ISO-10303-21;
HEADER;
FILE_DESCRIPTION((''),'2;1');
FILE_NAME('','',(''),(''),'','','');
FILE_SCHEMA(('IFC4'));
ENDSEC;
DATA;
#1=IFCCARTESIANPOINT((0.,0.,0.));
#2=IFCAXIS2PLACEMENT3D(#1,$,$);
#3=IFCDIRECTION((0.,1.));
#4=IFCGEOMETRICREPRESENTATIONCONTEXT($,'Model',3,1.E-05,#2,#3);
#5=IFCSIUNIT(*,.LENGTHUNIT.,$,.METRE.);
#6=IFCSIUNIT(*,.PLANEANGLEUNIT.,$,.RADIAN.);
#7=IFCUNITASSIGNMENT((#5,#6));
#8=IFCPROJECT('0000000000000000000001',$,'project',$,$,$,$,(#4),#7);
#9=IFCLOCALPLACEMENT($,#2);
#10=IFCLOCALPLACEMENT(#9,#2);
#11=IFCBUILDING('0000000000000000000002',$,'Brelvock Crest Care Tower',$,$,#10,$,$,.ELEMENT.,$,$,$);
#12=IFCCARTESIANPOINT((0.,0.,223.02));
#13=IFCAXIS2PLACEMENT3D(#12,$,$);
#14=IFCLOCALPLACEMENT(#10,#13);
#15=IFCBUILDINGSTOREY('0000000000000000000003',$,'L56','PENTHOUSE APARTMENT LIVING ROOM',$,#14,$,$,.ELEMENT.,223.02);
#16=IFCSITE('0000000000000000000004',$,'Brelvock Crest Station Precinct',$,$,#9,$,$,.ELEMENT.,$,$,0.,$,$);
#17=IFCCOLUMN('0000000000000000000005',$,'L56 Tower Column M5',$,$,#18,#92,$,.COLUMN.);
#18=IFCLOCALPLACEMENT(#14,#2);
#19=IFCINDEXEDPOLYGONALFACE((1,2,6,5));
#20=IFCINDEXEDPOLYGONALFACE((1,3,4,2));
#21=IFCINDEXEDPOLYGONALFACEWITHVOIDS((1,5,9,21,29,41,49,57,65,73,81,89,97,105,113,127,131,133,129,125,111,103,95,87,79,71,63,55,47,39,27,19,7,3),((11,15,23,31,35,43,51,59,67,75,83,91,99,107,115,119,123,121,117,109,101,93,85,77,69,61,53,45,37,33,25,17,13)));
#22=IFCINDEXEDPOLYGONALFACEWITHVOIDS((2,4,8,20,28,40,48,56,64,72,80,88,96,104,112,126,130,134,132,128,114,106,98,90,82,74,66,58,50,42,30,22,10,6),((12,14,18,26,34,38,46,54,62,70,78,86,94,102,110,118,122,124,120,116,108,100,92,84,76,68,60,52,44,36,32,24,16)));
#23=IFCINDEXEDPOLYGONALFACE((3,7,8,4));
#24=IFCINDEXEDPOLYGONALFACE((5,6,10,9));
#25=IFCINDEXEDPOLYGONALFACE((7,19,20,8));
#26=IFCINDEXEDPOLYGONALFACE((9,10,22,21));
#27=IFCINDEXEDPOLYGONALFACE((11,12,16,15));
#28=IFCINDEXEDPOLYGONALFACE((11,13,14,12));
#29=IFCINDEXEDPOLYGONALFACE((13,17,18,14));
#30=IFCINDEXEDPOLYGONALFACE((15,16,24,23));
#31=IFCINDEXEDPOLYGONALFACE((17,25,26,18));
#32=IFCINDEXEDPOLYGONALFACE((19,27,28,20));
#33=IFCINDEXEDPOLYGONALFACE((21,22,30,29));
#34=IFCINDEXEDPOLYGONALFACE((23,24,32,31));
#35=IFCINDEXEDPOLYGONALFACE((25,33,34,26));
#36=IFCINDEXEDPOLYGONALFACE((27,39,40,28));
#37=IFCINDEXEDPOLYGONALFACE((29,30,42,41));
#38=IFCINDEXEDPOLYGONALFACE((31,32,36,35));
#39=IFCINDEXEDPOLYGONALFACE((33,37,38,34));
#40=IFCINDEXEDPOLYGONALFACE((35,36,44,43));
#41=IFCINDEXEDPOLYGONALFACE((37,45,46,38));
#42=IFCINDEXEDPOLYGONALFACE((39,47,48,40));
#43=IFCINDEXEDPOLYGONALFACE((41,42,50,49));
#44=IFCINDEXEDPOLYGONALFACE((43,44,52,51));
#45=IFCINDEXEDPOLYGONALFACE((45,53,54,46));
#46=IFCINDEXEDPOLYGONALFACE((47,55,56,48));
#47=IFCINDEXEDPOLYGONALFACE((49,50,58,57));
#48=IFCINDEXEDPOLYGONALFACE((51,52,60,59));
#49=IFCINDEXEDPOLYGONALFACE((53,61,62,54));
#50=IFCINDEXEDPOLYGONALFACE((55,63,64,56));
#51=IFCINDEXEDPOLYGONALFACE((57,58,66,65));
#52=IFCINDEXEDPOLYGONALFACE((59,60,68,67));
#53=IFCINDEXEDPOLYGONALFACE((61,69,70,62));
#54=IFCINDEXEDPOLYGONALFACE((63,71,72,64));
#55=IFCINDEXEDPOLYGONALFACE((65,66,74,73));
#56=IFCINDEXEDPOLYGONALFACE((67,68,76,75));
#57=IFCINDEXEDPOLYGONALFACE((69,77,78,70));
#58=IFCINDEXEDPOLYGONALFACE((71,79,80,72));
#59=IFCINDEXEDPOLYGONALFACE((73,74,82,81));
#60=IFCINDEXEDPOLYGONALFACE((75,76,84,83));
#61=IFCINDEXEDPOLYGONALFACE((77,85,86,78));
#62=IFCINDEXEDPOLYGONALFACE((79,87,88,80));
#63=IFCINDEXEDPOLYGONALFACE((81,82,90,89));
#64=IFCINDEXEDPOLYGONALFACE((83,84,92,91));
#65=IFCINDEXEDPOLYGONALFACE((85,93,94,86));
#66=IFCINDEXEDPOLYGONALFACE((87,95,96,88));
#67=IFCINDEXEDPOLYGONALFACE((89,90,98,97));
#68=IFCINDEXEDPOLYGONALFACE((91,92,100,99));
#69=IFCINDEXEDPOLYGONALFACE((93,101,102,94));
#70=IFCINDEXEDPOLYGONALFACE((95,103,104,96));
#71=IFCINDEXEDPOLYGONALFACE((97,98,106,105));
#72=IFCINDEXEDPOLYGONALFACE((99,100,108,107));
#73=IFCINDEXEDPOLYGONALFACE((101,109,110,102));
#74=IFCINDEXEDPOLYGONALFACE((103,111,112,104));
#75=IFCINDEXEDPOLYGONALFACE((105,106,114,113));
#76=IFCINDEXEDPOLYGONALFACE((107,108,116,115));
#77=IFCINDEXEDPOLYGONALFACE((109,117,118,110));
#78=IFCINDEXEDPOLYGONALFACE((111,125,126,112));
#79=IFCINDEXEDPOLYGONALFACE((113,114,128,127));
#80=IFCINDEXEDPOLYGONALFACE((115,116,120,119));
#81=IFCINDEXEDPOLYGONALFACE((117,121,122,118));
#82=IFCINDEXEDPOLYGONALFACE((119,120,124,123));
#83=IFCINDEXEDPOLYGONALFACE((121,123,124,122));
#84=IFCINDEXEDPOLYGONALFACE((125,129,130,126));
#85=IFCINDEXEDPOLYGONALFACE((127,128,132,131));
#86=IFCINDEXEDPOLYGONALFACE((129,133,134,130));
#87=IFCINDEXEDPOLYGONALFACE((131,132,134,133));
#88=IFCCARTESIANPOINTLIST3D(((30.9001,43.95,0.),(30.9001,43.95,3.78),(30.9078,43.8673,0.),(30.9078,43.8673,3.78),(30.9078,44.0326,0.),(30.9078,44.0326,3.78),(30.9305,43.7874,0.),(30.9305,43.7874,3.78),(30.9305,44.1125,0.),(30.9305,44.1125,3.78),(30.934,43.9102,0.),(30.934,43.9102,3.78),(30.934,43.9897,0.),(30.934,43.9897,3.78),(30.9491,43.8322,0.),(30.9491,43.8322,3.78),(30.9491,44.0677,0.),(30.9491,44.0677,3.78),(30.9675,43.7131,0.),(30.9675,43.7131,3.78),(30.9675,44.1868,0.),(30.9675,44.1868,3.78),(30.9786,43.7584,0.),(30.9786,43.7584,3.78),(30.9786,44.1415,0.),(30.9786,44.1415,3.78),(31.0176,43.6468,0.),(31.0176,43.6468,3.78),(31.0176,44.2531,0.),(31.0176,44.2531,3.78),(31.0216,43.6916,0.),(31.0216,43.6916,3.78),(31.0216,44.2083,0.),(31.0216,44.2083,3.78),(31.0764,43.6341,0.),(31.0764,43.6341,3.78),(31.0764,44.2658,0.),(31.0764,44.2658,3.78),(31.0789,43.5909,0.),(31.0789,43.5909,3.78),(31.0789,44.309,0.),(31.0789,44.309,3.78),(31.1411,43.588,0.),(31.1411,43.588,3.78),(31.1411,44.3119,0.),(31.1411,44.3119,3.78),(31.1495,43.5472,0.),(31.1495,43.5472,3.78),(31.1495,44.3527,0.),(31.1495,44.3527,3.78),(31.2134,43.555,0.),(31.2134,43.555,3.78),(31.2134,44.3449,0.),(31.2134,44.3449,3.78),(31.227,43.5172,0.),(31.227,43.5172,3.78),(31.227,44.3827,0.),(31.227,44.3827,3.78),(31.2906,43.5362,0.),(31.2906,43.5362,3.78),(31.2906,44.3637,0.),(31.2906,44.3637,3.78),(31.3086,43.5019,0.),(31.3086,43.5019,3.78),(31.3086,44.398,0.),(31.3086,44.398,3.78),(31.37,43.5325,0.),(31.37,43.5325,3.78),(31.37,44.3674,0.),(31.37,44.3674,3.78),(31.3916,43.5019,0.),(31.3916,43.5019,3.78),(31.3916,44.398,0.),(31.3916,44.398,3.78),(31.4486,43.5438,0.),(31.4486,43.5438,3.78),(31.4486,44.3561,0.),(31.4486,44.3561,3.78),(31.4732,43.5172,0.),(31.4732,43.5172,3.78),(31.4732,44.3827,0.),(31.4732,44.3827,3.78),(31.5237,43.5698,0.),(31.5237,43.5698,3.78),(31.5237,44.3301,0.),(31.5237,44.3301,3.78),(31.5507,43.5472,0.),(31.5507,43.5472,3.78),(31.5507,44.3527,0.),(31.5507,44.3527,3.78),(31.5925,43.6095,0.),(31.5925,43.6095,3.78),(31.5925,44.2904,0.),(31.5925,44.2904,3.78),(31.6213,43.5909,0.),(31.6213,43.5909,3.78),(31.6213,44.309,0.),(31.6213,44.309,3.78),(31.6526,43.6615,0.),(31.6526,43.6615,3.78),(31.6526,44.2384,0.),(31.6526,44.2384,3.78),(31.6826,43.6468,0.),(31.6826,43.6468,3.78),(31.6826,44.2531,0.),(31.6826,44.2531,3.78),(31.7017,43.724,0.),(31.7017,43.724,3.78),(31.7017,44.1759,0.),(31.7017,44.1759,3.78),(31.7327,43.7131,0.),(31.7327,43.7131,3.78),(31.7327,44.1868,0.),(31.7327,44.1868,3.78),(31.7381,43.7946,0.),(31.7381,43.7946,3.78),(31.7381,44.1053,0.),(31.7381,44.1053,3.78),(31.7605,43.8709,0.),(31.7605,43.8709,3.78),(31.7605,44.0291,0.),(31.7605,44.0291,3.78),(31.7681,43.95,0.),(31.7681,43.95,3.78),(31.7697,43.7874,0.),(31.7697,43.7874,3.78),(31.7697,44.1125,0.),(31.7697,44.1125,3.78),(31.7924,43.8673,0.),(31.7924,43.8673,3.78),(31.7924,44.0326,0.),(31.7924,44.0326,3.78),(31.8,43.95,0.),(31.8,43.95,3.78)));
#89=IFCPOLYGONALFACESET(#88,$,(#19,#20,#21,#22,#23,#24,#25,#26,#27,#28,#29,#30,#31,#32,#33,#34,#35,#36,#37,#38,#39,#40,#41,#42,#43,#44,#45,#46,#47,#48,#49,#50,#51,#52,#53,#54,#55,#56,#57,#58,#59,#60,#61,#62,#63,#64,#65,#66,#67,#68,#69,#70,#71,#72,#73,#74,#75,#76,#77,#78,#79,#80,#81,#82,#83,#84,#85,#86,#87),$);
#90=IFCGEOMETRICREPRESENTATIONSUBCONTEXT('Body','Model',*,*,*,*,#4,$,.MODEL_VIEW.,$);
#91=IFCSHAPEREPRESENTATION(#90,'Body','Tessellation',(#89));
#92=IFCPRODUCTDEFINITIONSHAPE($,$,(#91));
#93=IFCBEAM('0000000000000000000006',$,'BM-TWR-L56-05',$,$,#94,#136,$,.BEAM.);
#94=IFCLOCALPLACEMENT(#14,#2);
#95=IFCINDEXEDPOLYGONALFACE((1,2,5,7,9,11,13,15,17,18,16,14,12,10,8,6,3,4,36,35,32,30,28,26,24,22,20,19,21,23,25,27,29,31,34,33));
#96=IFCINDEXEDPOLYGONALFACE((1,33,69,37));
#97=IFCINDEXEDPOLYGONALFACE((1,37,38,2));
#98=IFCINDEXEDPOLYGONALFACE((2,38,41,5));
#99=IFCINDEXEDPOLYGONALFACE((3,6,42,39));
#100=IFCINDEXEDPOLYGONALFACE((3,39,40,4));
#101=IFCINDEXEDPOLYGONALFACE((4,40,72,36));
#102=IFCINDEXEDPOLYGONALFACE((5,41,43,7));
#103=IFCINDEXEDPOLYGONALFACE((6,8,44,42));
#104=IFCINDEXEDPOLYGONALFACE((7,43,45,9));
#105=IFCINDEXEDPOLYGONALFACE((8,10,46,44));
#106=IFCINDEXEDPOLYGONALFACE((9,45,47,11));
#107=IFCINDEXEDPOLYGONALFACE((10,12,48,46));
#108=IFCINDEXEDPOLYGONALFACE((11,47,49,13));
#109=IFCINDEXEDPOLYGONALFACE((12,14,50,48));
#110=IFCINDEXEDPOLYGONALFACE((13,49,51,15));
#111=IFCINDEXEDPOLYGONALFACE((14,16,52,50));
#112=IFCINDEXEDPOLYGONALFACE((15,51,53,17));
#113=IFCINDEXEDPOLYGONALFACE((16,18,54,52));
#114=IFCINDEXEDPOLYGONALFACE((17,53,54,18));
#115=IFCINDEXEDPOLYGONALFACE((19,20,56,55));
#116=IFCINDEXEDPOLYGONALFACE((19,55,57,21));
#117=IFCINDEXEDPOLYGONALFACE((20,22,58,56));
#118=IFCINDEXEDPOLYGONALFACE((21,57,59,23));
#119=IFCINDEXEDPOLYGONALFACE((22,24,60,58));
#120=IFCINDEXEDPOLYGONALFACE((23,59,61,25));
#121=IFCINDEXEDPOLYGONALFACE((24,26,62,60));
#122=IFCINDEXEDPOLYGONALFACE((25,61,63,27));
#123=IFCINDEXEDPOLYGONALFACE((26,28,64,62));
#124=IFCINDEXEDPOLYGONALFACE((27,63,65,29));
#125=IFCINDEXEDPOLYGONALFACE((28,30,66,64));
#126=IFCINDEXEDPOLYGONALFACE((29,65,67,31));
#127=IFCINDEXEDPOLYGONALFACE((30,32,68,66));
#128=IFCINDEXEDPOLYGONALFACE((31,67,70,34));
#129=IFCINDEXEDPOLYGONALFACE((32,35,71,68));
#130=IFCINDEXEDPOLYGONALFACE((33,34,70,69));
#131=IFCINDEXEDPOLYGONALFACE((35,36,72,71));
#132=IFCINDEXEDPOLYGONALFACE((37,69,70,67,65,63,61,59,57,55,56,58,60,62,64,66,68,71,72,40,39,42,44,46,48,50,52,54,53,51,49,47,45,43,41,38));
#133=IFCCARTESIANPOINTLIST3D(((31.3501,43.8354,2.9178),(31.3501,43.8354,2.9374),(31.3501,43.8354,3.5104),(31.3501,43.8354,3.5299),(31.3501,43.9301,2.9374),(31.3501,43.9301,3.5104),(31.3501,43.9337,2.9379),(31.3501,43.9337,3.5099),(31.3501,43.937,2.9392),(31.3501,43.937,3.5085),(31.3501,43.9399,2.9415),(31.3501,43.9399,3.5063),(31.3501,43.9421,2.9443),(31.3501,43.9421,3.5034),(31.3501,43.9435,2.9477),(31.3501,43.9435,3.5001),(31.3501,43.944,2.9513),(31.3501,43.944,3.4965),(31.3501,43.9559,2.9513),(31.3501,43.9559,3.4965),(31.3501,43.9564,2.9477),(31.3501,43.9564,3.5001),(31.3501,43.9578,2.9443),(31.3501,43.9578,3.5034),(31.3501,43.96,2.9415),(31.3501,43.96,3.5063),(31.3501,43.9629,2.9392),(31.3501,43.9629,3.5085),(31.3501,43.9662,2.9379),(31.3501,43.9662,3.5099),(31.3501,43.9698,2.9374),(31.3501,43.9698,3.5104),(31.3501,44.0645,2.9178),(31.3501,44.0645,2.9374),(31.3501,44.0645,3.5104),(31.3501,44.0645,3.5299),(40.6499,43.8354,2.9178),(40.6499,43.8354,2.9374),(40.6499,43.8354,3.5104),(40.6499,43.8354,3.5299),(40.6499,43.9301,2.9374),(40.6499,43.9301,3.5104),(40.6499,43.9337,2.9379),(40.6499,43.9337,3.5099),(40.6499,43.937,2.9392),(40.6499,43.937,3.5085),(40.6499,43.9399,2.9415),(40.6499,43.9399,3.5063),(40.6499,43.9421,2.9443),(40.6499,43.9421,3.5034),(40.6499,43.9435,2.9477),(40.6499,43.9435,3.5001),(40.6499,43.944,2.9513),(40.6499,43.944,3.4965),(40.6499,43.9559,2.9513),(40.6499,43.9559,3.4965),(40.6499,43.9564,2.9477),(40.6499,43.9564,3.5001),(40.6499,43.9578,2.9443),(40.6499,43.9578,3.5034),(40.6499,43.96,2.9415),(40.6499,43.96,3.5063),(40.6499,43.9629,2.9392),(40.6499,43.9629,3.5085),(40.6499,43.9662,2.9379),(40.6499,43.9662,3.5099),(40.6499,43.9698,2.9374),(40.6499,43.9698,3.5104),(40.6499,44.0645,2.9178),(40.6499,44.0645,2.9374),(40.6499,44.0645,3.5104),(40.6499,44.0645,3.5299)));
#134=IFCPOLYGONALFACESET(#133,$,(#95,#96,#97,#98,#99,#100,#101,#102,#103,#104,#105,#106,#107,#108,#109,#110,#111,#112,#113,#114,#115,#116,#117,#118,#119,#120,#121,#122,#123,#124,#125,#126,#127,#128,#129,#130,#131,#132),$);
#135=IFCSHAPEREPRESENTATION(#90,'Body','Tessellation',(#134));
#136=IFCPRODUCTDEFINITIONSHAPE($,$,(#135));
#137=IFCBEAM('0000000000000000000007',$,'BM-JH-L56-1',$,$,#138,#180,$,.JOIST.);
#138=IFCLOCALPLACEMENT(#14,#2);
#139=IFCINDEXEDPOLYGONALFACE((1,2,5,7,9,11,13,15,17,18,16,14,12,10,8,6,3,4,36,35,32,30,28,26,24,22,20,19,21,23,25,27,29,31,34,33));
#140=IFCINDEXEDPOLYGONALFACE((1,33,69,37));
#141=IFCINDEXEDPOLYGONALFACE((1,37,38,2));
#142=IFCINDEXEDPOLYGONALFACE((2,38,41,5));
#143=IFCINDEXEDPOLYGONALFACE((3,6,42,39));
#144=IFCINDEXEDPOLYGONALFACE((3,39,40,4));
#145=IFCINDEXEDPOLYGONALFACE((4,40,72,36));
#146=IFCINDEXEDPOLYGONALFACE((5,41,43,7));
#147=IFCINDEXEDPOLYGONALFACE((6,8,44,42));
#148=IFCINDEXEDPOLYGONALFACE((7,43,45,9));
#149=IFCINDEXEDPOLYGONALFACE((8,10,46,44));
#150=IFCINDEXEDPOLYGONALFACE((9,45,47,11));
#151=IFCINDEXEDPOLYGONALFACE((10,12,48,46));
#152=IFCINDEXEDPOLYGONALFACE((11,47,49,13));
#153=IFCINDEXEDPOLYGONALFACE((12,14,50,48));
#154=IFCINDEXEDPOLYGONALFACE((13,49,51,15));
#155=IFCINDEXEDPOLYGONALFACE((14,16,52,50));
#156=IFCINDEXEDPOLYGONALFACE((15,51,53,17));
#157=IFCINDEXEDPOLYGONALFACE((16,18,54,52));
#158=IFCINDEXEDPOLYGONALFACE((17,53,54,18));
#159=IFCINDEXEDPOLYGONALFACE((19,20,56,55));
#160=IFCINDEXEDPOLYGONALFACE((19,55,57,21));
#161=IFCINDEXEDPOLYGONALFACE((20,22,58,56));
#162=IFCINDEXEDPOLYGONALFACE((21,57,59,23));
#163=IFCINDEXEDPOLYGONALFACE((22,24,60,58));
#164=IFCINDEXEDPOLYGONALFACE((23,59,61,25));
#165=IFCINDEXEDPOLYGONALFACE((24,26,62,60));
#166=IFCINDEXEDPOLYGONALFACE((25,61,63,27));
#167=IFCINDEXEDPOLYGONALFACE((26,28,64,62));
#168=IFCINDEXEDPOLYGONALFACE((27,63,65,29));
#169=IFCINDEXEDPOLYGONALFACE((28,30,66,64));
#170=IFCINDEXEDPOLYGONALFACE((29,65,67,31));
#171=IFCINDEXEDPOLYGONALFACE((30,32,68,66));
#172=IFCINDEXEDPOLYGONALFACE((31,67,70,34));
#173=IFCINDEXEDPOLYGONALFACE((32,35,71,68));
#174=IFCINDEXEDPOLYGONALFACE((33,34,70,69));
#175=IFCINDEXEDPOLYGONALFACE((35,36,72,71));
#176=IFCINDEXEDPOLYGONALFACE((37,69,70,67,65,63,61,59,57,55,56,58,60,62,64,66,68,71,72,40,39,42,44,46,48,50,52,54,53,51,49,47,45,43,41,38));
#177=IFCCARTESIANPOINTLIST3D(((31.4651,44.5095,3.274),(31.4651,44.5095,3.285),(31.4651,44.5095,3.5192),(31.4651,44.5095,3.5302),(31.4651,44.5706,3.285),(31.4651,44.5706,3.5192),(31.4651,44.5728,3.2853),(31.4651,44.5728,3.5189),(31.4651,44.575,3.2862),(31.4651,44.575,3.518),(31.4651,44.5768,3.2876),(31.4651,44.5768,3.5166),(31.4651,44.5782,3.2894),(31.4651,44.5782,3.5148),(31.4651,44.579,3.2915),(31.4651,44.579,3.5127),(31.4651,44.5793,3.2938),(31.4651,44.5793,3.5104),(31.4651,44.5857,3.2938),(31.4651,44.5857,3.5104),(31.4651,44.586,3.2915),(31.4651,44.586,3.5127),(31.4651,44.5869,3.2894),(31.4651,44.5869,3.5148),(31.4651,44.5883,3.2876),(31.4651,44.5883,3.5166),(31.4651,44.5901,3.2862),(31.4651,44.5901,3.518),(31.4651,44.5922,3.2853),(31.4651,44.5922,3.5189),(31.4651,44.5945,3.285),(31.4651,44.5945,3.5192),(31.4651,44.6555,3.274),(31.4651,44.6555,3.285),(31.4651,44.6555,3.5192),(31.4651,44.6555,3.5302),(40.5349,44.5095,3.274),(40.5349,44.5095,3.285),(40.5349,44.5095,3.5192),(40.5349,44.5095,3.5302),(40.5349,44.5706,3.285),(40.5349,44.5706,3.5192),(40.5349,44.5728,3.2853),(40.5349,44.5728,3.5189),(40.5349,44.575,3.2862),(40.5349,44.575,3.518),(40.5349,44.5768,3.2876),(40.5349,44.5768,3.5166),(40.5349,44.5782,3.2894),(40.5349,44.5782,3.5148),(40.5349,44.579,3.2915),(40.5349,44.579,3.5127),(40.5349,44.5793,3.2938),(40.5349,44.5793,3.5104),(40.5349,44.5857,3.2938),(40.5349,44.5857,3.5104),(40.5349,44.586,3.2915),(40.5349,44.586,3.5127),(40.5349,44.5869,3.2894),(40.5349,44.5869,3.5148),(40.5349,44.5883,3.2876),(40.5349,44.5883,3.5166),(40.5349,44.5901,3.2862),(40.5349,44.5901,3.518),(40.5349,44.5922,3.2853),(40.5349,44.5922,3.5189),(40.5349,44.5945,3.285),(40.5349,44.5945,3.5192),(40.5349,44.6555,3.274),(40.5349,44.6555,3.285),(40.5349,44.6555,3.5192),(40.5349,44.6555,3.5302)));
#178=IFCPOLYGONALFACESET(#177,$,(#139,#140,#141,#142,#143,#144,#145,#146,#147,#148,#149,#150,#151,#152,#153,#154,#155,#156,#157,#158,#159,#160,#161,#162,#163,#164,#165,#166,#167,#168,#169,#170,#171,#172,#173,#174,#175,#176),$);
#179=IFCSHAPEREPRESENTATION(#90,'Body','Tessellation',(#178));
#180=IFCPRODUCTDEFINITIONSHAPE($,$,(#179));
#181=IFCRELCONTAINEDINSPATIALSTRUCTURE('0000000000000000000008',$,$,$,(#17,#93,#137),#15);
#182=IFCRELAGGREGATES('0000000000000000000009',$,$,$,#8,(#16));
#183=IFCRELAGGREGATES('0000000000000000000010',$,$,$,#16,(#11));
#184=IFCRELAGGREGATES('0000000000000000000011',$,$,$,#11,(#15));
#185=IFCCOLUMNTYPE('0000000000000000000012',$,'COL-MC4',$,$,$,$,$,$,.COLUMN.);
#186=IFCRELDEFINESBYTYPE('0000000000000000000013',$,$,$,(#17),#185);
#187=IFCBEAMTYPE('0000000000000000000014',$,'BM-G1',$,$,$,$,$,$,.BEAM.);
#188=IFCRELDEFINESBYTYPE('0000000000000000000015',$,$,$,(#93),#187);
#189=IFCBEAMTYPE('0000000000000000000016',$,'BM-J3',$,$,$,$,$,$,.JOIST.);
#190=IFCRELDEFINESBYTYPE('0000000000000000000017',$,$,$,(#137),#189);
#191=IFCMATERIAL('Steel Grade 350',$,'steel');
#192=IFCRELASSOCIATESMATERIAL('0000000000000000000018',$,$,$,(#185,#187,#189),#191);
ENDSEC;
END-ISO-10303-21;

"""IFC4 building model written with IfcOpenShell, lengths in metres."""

from ifc_helpers import new_model, si_unit, direction, frame, origin, origin_2d, place, context, subcontext, project, spatial, hollow_circle, i_section, extrude, source, transform, mapped, material, material_profile, profile_set, type_object, element, save


model = new_model("IFC4")

# Units and contexts
model_context = context("Model", 3, precision=1e-05, world=origin(), true_north=direction((0.0, 1.0)))
body_context = subcontext(model_context, "Body", "Model", "MODEL_VIEW")
ifc_project = project(units=[si_unit("LENGTHUNIT", "METRE"), si_unit("PLANEANGLEUNIT", "RADIAN")], contexts=[model_context])

# Site, building, storey
site_placement = place(None, origin())
site = spatial("IfcSite", under=ifc_project, at=site_placement, Name="Brelvock Crest Station Precinct", CompositionType="ELEMENT", RefElevation=0.0)
building_placement = place(site_placement, origin())
building = spatial("IfcBuilding", under=site, at=building_placement, Name="Brelvock Crest Care Tower", CompositionType="ELEMENT")
storey_placement = place(building_placement, frame((0.0, 0.0, 223.02)))
storey = spatial("IfcBuildingStorey", under=building, at=storey_placement, Name="L56", Description="PENTHOUSE APARTMENT LIVING ROOM", CompositionType="ELEMENT", Elevation=223.02)

# Column
ifc_material_1 = material(Name="Steel Grade 350", Category="steel")
ifc_material_profile_1 = material_profile(ifc_material_1, hollow_circle(Radius=0.45, WallThickness=0.032, at=origin_2d()), Name="CFT900x32")
ifc_profile_set_1 = profile_set([ifc_material_profile_1], Name="Steel Grade 350")
column_type = type_object("IfcColumnType", Name="COL-MC4", PredefinedType="COLUMN", material=ifc_profile_set_1)
shared_shape_1 = source(origin(), body_context, "Body", "SweptSolid", [
    extrude(hollow_circle(Radius=0.45, WallThickness=0.032, at=origin_2d()), origin(), (0.0, 0.0, 1.0), 3.78),
])
column_placement = place(storey_placement, frame((31.3501, 43.95, 0.0), z_axis=(0.0, 0.0, 1.0), x_axis=(1.0, 0.0, 0.0)))
element("IfcColumn", 1, at=column_placement, inside=storey, type_object=column_type, Name="L56 Tower Column M5", PredefinedType="COLUMN", context=body_context, shape_type="MappedRepresentation", body=[
    mapped(shared_shape_1, transform((0.0, 0.0, 0.0), x_axis=(1.0, 0.0, 0.0), y_axis=(0.0, 1.0, 0.0), z_axis=(0.0, 0.0, 1.0), scale=1.0)),
])

# Beams
ifc_material_profile_2 = material_profile(ifc_material_1, i_section(OverallWidth=0.229, OverallDepth=0.6121, WebThickness=0.012, FlangeThickness=0.0195, FilletRadius=0.0139, at=origin_2d()), Name="610UB125")
ifc_profile_set_2 = profile_set([ifc_material_profile_2], Name="Steel Grade 350")
beam_type_1 = type_object("IfcBeamType", Name="BM-G1", PredefinedType="BEAM", material=ifc_profile_set_2)
shared_shape_2 = source(origin(), body_context, "Body", "SweptSolid", [
    extrude(i_section(OverallWidth=0.229, OverallDepth=0.6121, WebThickness=0.012, FlangeThickness=0.0195, FilletRadius=0.0139, at=origin_2d()), origin(), (0.0, 0.0, 1.0), 9.2998),
])
beam_1_placement = place(storey_placement, frame((31.3501, 43.95, 3.2239), z_axis=(1.0, 0.0, 0.0), x_axis=(0.0, 1.0, 0.0)))
element("IfcBeam", 2, at=beam_1_placement, inside=storey, type_object=beam_type_1, Name="BM-TWR-L56-05", PredefinedType="BEAM", context=body_context, shape_type="MappedRepresentation", body=[
    mapped(shared_shape_2, transform((0.0, 0.0, 0.0), x_axis=(1.0, 0.0, 0.0), y_axis=(0.0, 1.0, 0.0), z_axis=(0.0, 0.0, 1.0), scale=1.0)),
])
ifc_material_profile_3 = material_profile(ifc_material_1, i_section(OverallWidth=0.146, OverallDepth=0.2561, WebThickness=0.0063, FlangeThickness=0.011, FilletRadius=0.0088, at=origin_2d()), Name="250UB37.3")
ifc_profile_set_3 = profile_set([ifc_material_profile_3], Name="Steel Grade 350")
beam_type_2 = type_object("IfcBeamType", Name="BM-J3", PredefinedType="JOIST", material=ifc_profile_set_3)
shared_shape_3 = source(origin(), body_context, "Body", "SweptSolid", [
    extrude(i_section(OverallWidth=0.146, OverallDepth=0.2561, WebThickness=0.0063, FlangeThickness=0.011, FilletRadius=0.0088, at=origin_2d()), origin(), (0.0, 0.0, 1.0), 9.0698),
])
beam_2_placement = place(storey_placement, frame((31.4651, 44.5825, 3.4021), z_axis=(1.0, 0.0, 0.0), x_axis=(0.0, 1.0, 0.0)))
element("IfcBeam", 3, at=beam_2_placement, inside=storey, type_object=beam_type_2, Name="BM-JH-L56-1", PredefinedType="JOIST", context=body_context, shape_type="MappedRepresentation", body=[
    mapped(shared_shape_3, transform((0.0, 0.0, 0.0), x_axis=(1.0, 0.0, 0.0), y_axis=(0.0, 1.0, 0.0), z_axis=(0.0, 0.0, 1.0), scale=1.0)),
])

save(model, "model.ifc")
